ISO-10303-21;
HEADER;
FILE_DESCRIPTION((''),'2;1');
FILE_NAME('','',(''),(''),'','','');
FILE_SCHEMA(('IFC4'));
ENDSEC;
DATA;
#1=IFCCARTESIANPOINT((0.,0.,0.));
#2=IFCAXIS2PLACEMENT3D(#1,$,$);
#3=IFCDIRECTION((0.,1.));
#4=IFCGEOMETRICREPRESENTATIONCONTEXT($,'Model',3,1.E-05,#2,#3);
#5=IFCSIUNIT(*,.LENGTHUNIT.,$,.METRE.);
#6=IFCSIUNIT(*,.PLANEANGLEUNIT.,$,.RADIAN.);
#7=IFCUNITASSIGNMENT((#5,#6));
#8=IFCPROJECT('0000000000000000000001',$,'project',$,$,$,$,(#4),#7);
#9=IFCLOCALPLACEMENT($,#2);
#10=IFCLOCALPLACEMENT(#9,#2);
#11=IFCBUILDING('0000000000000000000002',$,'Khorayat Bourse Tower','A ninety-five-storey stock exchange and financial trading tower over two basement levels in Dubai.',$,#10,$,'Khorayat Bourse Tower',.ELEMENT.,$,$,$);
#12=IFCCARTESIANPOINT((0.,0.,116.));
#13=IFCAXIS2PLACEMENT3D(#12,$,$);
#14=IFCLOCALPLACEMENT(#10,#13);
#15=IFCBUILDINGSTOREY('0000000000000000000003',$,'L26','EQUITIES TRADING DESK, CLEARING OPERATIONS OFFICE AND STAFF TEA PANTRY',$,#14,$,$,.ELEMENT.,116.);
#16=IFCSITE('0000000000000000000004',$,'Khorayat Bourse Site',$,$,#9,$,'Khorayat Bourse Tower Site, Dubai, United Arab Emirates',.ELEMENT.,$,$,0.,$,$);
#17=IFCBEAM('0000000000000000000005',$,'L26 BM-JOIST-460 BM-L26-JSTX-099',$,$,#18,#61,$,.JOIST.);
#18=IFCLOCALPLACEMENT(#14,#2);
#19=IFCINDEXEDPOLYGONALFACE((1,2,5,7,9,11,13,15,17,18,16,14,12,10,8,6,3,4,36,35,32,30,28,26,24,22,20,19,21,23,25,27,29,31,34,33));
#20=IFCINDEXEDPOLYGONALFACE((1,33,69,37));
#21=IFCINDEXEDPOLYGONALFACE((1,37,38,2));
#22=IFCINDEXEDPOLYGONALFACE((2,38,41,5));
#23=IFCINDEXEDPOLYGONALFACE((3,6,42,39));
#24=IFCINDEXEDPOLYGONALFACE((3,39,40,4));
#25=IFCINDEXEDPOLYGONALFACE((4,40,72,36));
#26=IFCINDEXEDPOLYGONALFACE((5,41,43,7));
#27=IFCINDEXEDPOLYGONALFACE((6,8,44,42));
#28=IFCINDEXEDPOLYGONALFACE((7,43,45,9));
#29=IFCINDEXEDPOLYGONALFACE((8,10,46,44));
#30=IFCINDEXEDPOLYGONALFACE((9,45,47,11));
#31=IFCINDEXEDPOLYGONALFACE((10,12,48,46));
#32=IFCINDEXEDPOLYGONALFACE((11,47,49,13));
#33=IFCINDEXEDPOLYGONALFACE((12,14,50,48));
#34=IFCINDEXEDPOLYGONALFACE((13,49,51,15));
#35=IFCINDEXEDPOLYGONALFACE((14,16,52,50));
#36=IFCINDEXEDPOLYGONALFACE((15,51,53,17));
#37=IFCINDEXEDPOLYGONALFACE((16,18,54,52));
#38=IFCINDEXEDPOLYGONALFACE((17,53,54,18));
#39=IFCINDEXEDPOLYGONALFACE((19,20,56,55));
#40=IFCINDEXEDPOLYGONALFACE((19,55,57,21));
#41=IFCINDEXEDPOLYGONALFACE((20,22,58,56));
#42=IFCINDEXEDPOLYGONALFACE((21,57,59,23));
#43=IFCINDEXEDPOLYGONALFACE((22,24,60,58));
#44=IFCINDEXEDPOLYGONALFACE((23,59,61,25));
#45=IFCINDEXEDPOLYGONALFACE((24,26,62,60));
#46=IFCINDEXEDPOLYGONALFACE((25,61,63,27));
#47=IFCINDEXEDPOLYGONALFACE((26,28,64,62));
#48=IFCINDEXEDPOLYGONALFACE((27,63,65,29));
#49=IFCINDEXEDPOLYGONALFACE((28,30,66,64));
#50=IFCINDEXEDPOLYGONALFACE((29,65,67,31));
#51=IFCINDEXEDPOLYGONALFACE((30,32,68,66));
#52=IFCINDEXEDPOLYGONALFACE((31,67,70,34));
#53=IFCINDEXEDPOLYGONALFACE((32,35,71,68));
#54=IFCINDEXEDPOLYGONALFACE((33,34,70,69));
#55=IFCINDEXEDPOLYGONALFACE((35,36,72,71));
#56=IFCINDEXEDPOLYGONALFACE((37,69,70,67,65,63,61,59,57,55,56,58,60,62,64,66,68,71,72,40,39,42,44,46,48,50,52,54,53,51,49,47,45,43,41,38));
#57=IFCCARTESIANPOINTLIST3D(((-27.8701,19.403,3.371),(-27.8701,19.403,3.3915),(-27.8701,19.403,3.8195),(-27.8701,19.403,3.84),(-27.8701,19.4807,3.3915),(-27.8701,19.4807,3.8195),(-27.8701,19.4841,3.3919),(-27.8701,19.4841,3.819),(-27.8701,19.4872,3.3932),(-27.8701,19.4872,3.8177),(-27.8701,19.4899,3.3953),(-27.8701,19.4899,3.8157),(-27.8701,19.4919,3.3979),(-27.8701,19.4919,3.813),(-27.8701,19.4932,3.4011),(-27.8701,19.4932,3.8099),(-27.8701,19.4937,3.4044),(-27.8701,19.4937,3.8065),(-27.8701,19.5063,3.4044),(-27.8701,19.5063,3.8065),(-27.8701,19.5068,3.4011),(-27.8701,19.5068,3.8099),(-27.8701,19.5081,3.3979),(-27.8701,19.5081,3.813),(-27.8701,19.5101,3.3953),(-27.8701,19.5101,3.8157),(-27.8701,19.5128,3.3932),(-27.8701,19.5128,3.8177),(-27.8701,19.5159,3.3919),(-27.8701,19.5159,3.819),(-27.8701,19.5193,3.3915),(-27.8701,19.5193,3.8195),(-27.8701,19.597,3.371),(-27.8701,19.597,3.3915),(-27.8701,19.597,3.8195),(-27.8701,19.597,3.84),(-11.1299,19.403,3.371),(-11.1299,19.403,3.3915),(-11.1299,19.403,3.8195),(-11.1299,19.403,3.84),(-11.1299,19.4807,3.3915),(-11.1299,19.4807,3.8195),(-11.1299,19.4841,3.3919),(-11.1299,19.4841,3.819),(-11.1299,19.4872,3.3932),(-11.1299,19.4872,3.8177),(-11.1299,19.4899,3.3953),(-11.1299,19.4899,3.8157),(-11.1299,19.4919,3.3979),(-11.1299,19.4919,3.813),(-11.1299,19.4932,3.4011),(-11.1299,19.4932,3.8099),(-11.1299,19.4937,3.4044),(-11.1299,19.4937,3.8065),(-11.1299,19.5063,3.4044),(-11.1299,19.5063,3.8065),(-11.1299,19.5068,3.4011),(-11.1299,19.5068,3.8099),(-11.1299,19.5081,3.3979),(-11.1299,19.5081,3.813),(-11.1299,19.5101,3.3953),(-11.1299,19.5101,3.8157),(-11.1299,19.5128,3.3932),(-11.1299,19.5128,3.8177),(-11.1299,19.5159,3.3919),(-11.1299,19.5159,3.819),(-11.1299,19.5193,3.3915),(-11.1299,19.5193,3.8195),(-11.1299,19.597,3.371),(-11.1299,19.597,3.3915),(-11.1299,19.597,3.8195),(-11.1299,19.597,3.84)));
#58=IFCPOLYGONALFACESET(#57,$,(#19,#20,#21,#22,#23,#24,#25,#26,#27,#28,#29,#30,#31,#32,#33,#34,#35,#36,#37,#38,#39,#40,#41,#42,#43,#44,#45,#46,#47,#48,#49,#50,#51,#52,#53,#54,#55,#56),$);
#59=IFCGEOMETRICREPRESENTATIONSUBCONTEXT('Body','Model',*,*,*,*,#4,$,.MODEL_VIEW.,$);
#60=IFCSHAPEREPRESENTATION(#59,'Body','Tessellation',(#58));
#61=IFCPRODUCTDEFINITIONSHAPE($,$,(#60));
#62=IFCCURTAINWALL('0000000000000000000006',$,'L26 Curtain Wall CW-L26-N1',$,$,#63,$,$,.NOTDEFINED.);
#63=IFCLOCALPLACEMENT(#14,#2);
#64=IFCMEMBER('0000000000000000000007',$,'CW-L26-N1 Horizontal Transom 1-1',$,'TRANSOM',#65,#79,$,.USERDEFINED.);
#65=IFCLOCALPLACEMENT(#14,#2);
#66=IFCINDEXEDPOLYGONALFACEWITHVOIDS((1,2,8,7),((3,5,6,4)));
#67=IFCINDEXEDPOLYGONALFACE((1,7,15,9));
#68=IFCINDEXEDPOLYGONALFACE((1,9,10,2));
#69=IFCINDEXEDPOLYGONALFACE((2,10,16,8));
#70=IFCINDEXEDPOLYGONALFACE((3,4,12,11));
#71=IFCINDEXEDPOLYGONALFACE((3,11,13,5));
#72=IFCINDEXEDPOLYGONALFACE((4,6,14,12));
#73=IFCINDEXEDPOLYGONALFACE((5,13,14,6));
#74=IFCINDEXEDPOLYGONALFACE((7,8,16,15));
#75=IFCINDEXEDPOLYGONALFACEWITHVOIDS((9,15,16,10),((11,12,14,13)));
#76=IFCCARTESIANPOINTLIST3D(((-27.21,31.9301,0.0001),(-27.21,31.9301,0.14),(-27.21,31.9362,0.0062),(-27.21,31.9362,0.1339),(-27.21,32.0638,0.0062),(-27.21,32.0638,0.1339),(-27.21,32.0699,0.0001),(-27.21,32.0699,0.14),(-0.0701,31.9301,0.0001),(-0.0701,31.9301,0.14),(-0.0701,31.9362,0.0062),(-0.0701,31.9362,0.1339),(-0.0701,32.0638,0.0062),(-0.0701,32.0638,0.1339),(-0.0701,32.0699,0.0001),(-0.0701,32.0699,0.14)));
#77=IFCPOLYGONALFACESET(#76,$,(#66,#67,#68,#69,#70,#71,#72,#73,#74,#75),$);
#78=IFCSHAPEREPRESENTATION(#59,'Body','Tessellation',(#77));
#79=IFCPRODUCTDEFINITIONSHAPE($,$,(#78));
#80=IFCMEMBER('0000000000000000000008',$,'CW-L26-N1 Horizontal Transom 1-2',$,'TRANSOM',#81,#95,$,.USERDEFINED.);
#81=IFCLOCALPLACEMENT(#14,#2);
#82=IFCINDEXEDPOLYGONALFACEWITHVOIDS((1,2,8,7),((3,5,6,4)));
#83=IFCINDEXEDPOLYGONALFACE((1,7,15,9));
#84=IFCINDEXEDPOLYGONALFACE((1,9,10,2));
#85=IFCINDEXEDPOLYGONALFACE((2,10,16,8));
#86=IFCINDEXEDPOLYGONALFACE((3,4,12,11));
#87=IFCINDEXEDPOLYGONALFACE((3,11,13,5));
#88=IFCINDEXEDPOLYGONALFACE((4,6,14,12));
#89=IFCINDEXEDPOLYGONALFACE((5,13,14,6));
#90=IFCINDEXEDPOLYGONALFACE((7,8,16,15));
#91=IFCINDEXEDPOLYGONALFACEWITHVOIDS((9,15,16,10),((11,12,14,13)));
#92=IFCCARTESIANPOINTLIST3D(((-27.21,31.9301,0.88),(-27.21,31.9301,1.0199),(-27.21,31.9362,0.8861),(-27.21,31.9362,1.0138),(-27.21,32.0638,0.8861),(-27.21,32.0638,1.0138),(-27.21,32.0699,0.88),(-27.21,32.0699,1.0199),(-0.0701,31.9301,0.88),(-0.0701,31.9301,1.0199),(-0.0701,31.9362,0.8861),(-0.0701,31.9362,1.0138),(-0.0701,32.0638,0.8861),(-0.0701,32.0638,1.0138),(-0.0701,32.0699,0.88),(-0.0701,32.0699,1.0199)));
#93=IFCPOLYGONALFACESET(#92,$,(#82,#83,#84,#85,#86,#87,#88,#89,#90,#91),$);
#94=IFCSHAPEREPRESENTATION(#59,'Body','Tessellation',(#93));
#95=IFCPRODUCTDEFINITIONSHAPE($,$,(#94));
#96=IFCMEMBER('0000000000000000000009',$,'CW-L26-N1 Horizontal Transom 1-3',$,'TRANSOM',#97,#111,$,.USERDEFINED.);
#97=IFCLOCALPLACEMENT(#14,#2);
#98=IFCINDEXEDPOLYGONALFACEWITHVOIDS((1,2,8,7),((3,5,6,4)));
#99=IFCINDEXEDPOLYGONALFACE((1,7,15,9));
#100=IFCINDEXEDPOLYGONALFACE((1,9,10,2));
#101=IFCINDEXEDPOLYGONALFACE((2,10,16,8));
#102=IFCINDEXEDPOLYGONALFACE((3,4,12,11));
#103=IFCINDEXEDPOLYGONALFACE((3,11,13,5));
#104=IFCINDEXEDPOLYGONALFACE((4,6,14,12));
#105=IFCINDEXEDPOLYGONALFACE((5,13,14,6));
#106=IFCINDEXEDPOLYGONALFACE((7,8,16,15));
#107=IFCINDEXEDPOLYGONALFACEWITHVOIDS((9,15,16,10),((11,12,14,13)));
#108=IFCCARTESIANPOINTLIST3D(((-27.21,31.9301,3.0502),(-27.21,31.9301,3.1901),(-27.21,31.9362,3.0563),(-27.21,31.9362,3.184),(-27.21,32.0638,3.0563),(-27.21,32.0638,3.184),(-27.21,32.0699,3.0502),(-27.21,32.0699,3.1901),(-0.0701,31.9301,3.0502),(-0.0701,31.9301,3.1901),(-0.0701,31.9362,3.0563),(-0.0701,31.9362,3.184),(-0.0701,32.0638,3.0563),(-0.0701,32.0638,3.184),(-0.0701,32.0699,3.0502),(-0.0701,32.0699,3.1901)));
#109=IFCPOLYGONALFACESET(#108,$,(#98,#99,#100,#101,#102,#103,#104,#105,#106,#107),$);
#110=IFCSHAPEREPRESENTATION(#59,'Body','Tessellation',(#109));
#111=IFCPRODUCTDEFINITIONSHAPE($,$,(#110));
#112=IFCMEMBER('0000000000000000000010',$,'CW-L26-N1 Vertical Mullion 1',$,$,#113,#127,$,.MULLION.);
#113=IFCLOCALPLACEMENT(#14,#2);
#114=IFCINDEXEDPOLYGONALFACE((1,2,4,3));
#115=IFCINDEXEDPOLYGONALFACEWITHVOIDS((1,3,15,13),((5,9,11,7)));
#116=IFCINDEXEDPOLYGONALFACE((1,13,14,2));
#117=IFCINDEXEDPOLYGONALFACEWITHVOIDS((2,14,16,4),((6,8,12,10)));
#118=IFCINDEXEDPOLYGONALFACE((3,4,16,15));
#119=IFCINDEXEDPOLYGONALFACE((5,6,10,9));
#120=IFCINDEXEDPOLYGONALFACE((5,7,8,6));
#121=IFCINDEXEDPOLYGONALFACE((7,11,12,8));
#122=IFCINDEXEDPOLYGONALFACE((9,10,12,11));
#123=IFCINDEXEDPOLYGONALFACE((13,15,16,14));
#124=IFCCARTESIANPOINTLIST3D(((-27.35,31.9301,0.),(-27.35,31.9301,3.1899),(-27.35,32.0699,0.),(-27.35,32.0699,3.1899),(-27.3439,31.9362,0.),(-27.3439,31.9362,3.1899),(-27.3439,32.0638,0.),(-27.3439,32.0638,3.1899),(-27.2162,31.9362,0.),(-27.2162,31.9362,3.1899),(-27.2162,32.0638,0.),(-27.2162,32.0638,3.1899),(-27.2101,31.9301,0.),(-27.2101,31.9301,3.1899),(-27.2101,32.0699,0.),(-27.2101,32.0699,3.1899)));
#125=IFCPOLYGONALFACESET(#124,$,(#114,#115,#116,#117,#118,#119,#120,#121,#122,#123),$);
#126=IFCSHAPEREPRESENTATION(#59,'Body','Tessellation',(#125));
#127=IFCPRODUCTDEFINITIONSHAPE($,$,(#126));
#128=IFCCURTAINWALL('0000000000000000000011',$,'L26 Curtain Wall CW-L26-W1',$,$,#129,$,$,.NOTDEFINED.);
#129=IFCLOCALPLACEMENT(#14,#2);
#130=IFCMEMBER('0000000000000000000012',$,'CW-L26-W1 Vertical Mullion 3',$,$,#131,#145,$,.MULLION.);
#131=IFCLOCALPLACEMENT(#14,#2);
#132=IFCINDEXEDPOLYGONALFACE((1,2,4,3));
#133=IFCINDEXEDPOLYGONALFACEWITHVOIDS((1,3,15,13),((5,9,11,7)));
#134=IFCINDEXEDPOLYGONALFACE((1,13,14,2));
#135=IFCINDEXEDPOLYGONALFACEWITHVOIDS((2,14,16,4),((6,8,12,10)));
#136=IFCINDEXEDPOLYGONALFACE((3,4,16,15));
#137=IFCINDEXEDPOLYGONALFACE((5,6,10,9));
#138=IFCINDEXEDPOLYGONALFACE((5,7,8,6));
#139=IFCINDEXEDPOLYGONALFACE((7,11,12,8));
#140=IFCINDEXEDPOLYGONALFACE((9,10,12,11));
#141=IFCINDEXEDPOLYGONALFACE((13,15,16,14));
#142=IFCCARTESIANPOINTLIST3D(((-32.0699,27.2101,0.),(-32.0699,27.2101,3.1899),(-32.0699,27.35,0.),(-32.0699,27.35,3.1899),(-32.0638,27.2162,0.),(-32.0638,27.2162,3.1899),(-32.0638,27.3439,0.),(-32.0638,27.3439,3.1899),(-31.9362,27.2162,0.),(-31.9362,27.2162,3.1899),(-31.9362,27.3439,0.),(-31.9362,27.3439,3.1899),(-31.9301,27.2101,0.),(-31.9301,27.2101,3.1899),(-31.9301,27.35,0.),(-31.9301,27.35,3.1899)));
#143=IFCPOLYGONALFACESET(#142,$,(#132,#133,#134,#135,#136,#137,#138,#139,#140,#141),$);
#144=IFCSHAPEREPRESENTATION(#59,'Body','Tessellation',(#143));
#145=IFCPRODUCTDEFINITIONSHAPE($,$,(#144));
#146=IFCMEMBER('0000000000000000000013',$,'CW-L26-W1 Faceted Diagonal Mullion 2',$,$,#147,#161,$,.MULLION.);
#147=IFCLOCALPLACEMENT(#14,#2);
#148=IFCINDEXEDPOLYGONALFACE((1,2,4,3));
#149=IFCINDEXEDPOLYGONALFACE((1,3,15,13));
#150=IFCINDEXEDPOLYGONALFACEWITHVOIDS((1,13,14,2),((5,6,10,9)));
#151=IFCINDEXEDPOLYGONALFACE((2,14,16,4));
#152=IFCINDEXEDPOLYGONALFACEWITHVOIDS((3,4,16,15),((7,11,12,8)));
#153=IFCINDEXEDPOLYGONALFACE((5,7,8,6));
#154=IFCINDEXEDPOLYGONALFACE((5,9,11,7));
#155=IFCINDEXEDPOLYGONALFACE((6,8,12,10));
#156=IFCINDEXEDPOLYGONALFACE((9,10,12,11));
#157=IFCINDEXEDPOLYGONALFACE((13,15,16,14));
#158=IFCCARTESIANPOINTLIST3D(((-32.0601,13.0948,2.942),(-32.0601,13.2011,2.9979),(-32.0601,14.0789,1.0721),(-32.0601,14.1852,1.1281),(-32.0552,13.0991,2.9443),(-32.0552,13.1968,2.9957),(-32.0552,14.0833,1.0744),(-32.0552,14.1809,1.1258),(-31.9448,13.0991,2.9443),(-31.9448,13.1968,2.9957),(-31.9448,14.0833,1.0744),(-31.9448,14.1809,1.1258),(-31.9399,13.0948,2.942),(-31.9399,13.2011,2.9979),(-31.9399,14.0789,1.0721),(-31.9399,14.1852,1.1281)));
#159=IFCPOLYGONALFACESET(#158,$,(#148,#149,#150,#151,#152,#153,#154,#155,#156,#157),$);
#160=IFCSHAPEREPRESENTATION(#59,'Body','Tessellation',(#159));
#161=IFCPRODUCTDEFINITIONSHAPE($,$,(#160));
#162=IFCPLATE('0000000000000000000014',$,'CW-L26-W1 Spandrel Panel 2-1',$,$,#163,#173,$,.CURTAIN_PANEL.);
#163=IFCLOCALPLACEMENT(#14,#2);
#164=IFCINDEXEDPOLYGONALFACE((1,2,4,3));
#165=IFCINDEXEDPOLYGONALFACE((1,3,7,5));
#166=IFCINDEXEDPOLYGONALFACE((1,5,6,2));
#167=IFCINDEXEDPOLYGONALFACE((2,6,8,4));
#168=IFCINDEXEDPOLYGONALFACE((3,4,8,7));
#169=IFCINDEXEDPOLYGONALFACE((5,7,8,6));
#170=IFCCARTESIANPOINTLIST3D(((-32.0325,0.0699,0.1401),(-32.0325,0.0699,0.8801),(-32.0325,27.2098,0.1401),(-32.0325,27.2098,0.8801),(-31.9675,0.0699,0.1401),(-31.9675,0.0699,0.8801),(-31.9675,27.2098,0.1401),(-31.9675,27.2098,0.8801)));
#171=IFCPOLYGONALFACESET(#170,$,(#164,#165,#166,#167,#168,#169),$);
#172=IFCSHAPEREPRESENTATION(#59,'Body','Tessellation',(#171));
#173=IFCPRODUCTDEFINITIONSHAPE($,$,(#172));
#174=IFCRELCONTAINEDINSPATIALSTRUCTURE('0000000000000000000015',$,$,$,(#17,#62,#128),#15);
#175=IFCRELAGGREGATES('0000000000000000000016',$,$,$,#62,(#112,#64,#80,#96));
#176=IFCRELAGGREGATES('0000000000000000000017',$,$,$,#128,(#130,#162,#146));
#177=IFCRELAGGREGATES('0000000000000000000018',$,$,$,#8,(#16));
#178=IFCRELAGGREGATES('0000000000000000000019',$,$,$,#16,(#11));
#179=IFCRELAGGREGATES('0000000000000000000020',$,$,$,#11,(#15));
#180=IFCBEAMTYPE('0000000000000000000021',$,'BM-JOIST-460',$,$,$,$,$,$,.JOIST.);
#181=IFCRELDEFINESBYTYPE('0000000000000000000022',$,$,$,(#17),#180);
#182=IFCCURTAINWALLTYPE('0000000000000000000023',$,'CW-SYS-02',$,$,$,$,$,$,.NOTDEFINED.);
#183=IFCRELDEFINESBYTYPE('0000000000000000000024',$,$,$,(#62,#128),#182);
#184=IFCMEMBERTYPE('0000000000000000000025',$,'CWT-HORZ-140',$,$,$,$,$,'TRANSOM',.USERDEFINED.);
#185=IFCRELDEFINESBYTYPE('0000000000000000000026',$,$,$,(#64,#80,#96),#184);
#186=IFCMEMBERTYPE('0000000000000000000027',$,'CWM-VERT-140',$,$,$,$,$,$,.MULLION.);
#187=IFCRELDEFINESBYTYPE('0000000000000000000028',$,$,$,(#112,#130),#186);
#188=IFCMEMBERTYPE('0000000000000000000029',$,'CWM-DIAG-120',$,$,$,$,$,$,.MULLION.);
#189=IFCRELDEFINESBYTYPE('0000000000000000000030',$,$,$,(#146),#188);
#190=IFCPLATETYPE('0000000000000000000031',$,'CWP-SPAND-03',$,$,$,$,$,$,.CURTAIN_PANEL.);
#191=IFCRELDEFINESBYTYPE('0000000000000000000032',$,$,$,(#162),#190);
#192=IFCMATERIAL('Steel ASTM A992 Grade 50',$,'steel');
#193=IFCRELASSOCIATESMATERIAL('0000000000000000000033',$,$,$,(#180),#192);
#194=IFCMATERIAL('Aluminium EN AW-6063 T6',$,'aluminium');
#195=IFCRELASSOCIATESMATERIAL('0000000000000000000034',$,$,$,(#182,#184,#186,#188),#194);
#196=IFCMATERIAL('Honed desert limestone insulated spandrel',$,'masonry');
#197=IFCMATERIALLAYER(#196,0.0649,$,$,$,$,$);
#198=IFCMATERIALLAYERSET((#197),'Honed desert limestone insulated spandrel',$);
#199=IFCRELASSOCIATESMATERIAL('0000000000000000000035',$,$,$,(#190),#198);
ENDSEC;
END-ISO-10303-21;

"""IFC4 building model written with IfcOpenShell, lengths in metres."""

from ifc_helpers import new_model, si_unit, direction, frame, origin, origin_2d, place, context, subcontext, project, spatial, rectangle, hollow_rectangle, i_section, extrude, source, transform, mapped, material, layer, layer_set, material_profile, profile_set, type_object, element, aggregate, save


model = new_model("IFC4")

# Units and contexts
model_context = context("Model", 3, precision=1e-05, world=origin(), true_north=direction((0.0, 1.0)))
body_context = subcontext(model_context, "Body", "Model", "MODEL_VIEW")
ifc_project = project(units=[si_unit("LENGTHUNIT", "METRE"), si_unit("PLANEANGLEUNIT", "RADIAN")], contexts=[model_context])

# Site, building, storey
site_placement = place(None, origin())
site = spatial("IfcSite", under=ifc_project, at=site_placement, Name="Khorayat Bourse Site", LongName="Khorayat Bourse Tower Site, Dubai, United Arab Emirates", CompositionType="ELEMENT", RefElevation=0.0)
building_placement = place(site_placement, origin())
building = spatial("IfcBuilding", under=site, at=building_placement, Name="Khorayat Bourse Tower", Description="A ninety-five-storey stock exchange and financial trading tower over two basement levels in Dubai.", LongName="Khorayat Bourse Tower", CompositionType="ELEMENT")
storey_placement = place(building_placement, frame((0.0, 0.0, 116.0)))
storey = spatial("IfcBuildingStorey", under=building, at=storey_placement, Name="L26", Description="EQUITIES TRADING DESK, CLEARING OPERATIONS OFFICE AND STAFF TEA PANTRY", CompositionType="ELEMENT", Elevation=116.0)

# Beam
ifc_material_1 = material(Name="Steel ASTM A992 Grade 50", Category="steel")
ifc_material_profile_1 = material_profile(ifc_material_1, i_section(OverallWidth=0.1941, OverallDepth=0.469, WebThickness=0.0127, FlangeThickness=0.0205, FilletRadius=0.0129, at=origin_2d()), Name="W460X106")
ifc_profile_set_1 = profile_set([ifc_material_profile_1], Name="Steel ASTM A992 Grade 50")
beam_type_1 = type_object("IfcBeamType", Name="BM-JOIST-460", PredefinedType="JOIST", material=ifc_profile_set_1)
shared_shape_1 = source(origin(), body_context, "Body", "SweptSolid", [
    extrude(i_section(OverallWidth=0.1941, OverallDepth=0.469, WebThickness=0.0127, FlangeThickness=0.0205, FilletRadius=0.0129, at=origin_2d()), origin(), (0.0, 0.0, 1.0), 16.7402),
])
beam_1_placement = place(storey_placement, frame((-27.8701, 19.5, 3.6055), z_axis=(1.0, 0.0, 0.0), x_axis=(0.0, 1.0, 0.0)))
element("IfcBeam", 1, at=beam_1_placement, inside=storey, type_object=beam_type_1, Name="L26 BM-JOIST-460 BM-L26-JSTX-099", PredefinedType="JOIST", context=body_context, shape_type="MappedRepresentation", body=[
    mapped(shared_shape_1, transform((0.0, 0.0, 0.0), scale=1.0)),
])

# Curtain wall, members
ifc_material_2 = material(Name="Aluminium EN AW-6063 T6", Category="aluminium")
curtain_wall_type = type_object("IfcCurtainWallType", Name="CW-SYS-02", PredefinedType="NOTDEFINED", material=ifc_material_2)
curtain_wall_1_placement = place(storey_placement, origin())
curtain_wall_1 = element("IfcCurtainWall", 2, at=curtain_wall_1_placement, inside=storey, type_object=curtain_wall_type, Name="L26 Curtain Wall CW-L26-N1", PredefinedType="NOTDEFINED")
ifc_material_profile_2 = material_profile(ifc_material_2, hollow_rectangle(XDim=0.1399, YDim=0.1399, WallThickness=0.0061, at=origin_2d()), Name="ALU 140x140x6")
ifc_profile_set_2 = profile_set([ifc_material_profile_2], Name="Aluminium EN AW-6063 T6")
member_type_1 = type_object("IfcMemberType", Name="CWT-HORZ-140", ElementType="TRANSOM", PredefinedType="USERDEFINED", material=ifc_profile_set_2)
shared_shape_2 = source(origin(), body_context, "Body", "SweptSolid", [
    extrude(hollow_rectangle(XDim=0.1399, YDim=0.1399, WallThickness=0.0061, at=origin_2d()), origin(), (0.0, 0.0, 1.0), 27.1399),
])
member_1_placement = place(storey_placement, frame((-27.21, 32.0, 0.0701), z_axis=(1.0, 0.0, 0.0), x_axis=(0.0, 1.0, 0.0)))
member_1 = element("IfcMember", 3, at=member_1_placement, type_object=member_type_1, Name="CW-L26-N1 Horizontal Transom 1-1", ObjectType="TRANSOM", PredefinedType="USERDEFINED", context=body_context, shape_type="MappedRepresentation", body=[
    mapped(shared_shape_2, transform((0.0, 0.0, 0.0), scale=1.0)),
])
member_2_placement = place(storey_placement, frame((-27.21, 32.0, 0.95), z_axis=(1.0, 0.0, 0.0), x_axis=(0.0, 1.0, 0.0)))
member_2 = element("IfcMember", 4, at=member_2_placement, type_object=member_type_1, Name="CW-L26-N1 Horizontal Transom 1-2", ObjectType="TRANSOM", PredefinedType="USERDEFINED", context=body_context, shape_type="MappedRepresentation", body=[
    mapped(shared_shape_2, transform((0.0, 0.0, 0.0), scale=1.0)),
])
member_3_placement = place(storey_placement, frame((-27.21, 32.0, 3.1201), z_axis=(1.0, 0.0, 0.0), x_axis=(0.0, 1.0, 0.0)))
member_3 = element("IfcMember", 5, at=member_3_placement, type_object=member_type_1, Name="CW-L26-N1 Horizontal Transom 1-3", ObjectType="TRANSOM", PredefinedType="USERDEFINED", context=body_context, shape_type="MappedRepresentation", body=[
    mapped(shared_shape_2, transform((0.0, 0.0, 0.0), scale=1.0)),
])
ifc_material_profile_3 = material_profile(ifc_material_2, hollow_rectangle(XDim=0.1399, YDim=0.1399, WallThickness=0.0061, at=origin_2d()), Name="ALU 140x140x6")
ifc_profile_set_3 = profile_set([ifc_material_profile_3], Name="Aluminium EN AW-6063 T6")
member_type_2 = type_object("IfcMemberType", Name="CWM-VERT-140", PredefinedType="MULLION", material=ifc_profile_set_3)
shared_shape_3 = source(origin(), body_context, "Body", "SweptSolid", [
    extrude(hollow_rectangle(XDim=0.1399, YDim=0.1399, WallThickness=0.0061, at=origin_2d()), origin(), (0.0, 0.0, 1.0), 3.1899),
])
member_4_placement = place(storey_placement, frame((-27.28, 32.0, 0.0), z_axis=(0.0, 0.0, 1.0), x_axis=(0.0, 1.0, 0.0)))
member_4 = element("IfcMember", 6, at=member_4_placement, type_object=member_type_2, Name="CW-L26-N1 Vertical Mullion 1", PredefinedType="MULLION", context=body_context, shape_type="MappedRepresentation", body=[
    mapped(shared_shape_3, transform((0.0, 0.0, 0.0), scale=1.0)),
])
aggregate(curtain_wall_1, [member_4, member_1, member_2, member_3])

# Curtain wall, members, plate
curtain_wall_2_placement = place(storey_placement, origin())
curtain_wall_2 = element("IfcCurtainWall", 7, at=curtain_wall_2_placement, inside=storey, type_object=curtain_wall_type, Name="L26 Curtain Wall CW-L26-W1", PredefinedType="NOTDEFINED")
member_5_placement = place(storey_placement, frame((-32.0, 27.28, 0.0), z_axis=(0.0, 0.0, 1.0), x_axis=(-1.0, 0.0, 0.0)))
member_5 = element("IfcMember", 8, at=member_5_placement, type_object=member_type_2, Name="CW-L26-W1 Vertical Mullion 3", PredefinedType="MULLION", context=body_context, shape_type="MappedRepresentation", body=[
    mapped(shared_shape_3, transform((0.0, 0.0, 0.0), scale=1.0)),
])
ifc_material_profile_4 = material_profile(ifc_material_2, hollow_rectangle(XDim=0.1201, YDim=0.1201, WallThickness=0.0049, at=origin_2d()), Name="ALU 120x120x5")
ifc_profile_set_4 = profile_set([ifc_material_profile_4], Name="Aluminium EN AW-6063 T6")
member_type_3 = type_object("IfcMemberType", Name="CWM-DIAG-120", PredefinedType="MULLION", material=ifc_profile_set_4)
shared_shape_4 = source(origin(), body_context, "Body", "SweptSolid", [
    extrude(hollow_rectangle(XDim=0.1201, YDim=0.1201, WallThickness=0.0049, at=origin_2d()), origin(), (0.0, 0.0, 1.0), 2.113),
])
member_6_placement = place(storey_placement, frame((-32.0, 14.1321, 1.1001), z_axis=(0.0, -0.465742, 0.884921), x_axis=(1.0, 0.0, 0.0)))
member_6 = element("IfcMember", 9, at=member_6_placement, type_object=member_type_3, Name="CW-L26-W1 Faceted Diagonal Mullion 2", PredefinedType="MULLION", context=body_context, shape_type="MappedRepresentation", body=[
    mapped(shared_shape_4, transform((0.0, 0.0, 0.0), scale=1.0)),
])
ifc_material_3 = material(Name="Honed desert limestone insulated spandrel", Category="masonry")
ifc_layer_1 = layer(ifc_material_3, 0.0649)
ifc_layer_set_1 = layer_set([ifc_layer_1], Name="Honed desert limestone insulated spandrel")
plate_type_1 = type_object("IfcPlateType", Name="CWP-SPAND-03", PredefinedType="CURTAIN_PANEL", material=ifc_layer_set_1)
shared_shape_5 = source(origin(), body_context, "Body", "SweptSolid", [
    extrude(rectangle(XDim=27.1399, YDim=0.0649, at=origin_2d()), origin(), (0.0, 0.0, 1.0), 0.74),
])
plate_1_placement = place(storey_placement, frame((-32.0, 13.6399, 0.1401), z_axis=(0.0, 0.0, 1.0), x_axis=(0.0, 1.0, 0.0)))
plate_1 = element("IfcPlate", 10, at=plate_1_placement, type_object=plate_type_1, Name="CW-L26-W1 Spandrel Panel 2-1", PredefinedType="CURTAIN_PANEL", context=body_context, shape_type="MappedRepresentation", body=[
    mapped(shared_shape_5, transform((0.0, 0.0, 0.0), scale=1.0)),
])
aggregate(curtain_wall_2, [member_5, plate_1, member_6])

save(model, "model.ifc")
